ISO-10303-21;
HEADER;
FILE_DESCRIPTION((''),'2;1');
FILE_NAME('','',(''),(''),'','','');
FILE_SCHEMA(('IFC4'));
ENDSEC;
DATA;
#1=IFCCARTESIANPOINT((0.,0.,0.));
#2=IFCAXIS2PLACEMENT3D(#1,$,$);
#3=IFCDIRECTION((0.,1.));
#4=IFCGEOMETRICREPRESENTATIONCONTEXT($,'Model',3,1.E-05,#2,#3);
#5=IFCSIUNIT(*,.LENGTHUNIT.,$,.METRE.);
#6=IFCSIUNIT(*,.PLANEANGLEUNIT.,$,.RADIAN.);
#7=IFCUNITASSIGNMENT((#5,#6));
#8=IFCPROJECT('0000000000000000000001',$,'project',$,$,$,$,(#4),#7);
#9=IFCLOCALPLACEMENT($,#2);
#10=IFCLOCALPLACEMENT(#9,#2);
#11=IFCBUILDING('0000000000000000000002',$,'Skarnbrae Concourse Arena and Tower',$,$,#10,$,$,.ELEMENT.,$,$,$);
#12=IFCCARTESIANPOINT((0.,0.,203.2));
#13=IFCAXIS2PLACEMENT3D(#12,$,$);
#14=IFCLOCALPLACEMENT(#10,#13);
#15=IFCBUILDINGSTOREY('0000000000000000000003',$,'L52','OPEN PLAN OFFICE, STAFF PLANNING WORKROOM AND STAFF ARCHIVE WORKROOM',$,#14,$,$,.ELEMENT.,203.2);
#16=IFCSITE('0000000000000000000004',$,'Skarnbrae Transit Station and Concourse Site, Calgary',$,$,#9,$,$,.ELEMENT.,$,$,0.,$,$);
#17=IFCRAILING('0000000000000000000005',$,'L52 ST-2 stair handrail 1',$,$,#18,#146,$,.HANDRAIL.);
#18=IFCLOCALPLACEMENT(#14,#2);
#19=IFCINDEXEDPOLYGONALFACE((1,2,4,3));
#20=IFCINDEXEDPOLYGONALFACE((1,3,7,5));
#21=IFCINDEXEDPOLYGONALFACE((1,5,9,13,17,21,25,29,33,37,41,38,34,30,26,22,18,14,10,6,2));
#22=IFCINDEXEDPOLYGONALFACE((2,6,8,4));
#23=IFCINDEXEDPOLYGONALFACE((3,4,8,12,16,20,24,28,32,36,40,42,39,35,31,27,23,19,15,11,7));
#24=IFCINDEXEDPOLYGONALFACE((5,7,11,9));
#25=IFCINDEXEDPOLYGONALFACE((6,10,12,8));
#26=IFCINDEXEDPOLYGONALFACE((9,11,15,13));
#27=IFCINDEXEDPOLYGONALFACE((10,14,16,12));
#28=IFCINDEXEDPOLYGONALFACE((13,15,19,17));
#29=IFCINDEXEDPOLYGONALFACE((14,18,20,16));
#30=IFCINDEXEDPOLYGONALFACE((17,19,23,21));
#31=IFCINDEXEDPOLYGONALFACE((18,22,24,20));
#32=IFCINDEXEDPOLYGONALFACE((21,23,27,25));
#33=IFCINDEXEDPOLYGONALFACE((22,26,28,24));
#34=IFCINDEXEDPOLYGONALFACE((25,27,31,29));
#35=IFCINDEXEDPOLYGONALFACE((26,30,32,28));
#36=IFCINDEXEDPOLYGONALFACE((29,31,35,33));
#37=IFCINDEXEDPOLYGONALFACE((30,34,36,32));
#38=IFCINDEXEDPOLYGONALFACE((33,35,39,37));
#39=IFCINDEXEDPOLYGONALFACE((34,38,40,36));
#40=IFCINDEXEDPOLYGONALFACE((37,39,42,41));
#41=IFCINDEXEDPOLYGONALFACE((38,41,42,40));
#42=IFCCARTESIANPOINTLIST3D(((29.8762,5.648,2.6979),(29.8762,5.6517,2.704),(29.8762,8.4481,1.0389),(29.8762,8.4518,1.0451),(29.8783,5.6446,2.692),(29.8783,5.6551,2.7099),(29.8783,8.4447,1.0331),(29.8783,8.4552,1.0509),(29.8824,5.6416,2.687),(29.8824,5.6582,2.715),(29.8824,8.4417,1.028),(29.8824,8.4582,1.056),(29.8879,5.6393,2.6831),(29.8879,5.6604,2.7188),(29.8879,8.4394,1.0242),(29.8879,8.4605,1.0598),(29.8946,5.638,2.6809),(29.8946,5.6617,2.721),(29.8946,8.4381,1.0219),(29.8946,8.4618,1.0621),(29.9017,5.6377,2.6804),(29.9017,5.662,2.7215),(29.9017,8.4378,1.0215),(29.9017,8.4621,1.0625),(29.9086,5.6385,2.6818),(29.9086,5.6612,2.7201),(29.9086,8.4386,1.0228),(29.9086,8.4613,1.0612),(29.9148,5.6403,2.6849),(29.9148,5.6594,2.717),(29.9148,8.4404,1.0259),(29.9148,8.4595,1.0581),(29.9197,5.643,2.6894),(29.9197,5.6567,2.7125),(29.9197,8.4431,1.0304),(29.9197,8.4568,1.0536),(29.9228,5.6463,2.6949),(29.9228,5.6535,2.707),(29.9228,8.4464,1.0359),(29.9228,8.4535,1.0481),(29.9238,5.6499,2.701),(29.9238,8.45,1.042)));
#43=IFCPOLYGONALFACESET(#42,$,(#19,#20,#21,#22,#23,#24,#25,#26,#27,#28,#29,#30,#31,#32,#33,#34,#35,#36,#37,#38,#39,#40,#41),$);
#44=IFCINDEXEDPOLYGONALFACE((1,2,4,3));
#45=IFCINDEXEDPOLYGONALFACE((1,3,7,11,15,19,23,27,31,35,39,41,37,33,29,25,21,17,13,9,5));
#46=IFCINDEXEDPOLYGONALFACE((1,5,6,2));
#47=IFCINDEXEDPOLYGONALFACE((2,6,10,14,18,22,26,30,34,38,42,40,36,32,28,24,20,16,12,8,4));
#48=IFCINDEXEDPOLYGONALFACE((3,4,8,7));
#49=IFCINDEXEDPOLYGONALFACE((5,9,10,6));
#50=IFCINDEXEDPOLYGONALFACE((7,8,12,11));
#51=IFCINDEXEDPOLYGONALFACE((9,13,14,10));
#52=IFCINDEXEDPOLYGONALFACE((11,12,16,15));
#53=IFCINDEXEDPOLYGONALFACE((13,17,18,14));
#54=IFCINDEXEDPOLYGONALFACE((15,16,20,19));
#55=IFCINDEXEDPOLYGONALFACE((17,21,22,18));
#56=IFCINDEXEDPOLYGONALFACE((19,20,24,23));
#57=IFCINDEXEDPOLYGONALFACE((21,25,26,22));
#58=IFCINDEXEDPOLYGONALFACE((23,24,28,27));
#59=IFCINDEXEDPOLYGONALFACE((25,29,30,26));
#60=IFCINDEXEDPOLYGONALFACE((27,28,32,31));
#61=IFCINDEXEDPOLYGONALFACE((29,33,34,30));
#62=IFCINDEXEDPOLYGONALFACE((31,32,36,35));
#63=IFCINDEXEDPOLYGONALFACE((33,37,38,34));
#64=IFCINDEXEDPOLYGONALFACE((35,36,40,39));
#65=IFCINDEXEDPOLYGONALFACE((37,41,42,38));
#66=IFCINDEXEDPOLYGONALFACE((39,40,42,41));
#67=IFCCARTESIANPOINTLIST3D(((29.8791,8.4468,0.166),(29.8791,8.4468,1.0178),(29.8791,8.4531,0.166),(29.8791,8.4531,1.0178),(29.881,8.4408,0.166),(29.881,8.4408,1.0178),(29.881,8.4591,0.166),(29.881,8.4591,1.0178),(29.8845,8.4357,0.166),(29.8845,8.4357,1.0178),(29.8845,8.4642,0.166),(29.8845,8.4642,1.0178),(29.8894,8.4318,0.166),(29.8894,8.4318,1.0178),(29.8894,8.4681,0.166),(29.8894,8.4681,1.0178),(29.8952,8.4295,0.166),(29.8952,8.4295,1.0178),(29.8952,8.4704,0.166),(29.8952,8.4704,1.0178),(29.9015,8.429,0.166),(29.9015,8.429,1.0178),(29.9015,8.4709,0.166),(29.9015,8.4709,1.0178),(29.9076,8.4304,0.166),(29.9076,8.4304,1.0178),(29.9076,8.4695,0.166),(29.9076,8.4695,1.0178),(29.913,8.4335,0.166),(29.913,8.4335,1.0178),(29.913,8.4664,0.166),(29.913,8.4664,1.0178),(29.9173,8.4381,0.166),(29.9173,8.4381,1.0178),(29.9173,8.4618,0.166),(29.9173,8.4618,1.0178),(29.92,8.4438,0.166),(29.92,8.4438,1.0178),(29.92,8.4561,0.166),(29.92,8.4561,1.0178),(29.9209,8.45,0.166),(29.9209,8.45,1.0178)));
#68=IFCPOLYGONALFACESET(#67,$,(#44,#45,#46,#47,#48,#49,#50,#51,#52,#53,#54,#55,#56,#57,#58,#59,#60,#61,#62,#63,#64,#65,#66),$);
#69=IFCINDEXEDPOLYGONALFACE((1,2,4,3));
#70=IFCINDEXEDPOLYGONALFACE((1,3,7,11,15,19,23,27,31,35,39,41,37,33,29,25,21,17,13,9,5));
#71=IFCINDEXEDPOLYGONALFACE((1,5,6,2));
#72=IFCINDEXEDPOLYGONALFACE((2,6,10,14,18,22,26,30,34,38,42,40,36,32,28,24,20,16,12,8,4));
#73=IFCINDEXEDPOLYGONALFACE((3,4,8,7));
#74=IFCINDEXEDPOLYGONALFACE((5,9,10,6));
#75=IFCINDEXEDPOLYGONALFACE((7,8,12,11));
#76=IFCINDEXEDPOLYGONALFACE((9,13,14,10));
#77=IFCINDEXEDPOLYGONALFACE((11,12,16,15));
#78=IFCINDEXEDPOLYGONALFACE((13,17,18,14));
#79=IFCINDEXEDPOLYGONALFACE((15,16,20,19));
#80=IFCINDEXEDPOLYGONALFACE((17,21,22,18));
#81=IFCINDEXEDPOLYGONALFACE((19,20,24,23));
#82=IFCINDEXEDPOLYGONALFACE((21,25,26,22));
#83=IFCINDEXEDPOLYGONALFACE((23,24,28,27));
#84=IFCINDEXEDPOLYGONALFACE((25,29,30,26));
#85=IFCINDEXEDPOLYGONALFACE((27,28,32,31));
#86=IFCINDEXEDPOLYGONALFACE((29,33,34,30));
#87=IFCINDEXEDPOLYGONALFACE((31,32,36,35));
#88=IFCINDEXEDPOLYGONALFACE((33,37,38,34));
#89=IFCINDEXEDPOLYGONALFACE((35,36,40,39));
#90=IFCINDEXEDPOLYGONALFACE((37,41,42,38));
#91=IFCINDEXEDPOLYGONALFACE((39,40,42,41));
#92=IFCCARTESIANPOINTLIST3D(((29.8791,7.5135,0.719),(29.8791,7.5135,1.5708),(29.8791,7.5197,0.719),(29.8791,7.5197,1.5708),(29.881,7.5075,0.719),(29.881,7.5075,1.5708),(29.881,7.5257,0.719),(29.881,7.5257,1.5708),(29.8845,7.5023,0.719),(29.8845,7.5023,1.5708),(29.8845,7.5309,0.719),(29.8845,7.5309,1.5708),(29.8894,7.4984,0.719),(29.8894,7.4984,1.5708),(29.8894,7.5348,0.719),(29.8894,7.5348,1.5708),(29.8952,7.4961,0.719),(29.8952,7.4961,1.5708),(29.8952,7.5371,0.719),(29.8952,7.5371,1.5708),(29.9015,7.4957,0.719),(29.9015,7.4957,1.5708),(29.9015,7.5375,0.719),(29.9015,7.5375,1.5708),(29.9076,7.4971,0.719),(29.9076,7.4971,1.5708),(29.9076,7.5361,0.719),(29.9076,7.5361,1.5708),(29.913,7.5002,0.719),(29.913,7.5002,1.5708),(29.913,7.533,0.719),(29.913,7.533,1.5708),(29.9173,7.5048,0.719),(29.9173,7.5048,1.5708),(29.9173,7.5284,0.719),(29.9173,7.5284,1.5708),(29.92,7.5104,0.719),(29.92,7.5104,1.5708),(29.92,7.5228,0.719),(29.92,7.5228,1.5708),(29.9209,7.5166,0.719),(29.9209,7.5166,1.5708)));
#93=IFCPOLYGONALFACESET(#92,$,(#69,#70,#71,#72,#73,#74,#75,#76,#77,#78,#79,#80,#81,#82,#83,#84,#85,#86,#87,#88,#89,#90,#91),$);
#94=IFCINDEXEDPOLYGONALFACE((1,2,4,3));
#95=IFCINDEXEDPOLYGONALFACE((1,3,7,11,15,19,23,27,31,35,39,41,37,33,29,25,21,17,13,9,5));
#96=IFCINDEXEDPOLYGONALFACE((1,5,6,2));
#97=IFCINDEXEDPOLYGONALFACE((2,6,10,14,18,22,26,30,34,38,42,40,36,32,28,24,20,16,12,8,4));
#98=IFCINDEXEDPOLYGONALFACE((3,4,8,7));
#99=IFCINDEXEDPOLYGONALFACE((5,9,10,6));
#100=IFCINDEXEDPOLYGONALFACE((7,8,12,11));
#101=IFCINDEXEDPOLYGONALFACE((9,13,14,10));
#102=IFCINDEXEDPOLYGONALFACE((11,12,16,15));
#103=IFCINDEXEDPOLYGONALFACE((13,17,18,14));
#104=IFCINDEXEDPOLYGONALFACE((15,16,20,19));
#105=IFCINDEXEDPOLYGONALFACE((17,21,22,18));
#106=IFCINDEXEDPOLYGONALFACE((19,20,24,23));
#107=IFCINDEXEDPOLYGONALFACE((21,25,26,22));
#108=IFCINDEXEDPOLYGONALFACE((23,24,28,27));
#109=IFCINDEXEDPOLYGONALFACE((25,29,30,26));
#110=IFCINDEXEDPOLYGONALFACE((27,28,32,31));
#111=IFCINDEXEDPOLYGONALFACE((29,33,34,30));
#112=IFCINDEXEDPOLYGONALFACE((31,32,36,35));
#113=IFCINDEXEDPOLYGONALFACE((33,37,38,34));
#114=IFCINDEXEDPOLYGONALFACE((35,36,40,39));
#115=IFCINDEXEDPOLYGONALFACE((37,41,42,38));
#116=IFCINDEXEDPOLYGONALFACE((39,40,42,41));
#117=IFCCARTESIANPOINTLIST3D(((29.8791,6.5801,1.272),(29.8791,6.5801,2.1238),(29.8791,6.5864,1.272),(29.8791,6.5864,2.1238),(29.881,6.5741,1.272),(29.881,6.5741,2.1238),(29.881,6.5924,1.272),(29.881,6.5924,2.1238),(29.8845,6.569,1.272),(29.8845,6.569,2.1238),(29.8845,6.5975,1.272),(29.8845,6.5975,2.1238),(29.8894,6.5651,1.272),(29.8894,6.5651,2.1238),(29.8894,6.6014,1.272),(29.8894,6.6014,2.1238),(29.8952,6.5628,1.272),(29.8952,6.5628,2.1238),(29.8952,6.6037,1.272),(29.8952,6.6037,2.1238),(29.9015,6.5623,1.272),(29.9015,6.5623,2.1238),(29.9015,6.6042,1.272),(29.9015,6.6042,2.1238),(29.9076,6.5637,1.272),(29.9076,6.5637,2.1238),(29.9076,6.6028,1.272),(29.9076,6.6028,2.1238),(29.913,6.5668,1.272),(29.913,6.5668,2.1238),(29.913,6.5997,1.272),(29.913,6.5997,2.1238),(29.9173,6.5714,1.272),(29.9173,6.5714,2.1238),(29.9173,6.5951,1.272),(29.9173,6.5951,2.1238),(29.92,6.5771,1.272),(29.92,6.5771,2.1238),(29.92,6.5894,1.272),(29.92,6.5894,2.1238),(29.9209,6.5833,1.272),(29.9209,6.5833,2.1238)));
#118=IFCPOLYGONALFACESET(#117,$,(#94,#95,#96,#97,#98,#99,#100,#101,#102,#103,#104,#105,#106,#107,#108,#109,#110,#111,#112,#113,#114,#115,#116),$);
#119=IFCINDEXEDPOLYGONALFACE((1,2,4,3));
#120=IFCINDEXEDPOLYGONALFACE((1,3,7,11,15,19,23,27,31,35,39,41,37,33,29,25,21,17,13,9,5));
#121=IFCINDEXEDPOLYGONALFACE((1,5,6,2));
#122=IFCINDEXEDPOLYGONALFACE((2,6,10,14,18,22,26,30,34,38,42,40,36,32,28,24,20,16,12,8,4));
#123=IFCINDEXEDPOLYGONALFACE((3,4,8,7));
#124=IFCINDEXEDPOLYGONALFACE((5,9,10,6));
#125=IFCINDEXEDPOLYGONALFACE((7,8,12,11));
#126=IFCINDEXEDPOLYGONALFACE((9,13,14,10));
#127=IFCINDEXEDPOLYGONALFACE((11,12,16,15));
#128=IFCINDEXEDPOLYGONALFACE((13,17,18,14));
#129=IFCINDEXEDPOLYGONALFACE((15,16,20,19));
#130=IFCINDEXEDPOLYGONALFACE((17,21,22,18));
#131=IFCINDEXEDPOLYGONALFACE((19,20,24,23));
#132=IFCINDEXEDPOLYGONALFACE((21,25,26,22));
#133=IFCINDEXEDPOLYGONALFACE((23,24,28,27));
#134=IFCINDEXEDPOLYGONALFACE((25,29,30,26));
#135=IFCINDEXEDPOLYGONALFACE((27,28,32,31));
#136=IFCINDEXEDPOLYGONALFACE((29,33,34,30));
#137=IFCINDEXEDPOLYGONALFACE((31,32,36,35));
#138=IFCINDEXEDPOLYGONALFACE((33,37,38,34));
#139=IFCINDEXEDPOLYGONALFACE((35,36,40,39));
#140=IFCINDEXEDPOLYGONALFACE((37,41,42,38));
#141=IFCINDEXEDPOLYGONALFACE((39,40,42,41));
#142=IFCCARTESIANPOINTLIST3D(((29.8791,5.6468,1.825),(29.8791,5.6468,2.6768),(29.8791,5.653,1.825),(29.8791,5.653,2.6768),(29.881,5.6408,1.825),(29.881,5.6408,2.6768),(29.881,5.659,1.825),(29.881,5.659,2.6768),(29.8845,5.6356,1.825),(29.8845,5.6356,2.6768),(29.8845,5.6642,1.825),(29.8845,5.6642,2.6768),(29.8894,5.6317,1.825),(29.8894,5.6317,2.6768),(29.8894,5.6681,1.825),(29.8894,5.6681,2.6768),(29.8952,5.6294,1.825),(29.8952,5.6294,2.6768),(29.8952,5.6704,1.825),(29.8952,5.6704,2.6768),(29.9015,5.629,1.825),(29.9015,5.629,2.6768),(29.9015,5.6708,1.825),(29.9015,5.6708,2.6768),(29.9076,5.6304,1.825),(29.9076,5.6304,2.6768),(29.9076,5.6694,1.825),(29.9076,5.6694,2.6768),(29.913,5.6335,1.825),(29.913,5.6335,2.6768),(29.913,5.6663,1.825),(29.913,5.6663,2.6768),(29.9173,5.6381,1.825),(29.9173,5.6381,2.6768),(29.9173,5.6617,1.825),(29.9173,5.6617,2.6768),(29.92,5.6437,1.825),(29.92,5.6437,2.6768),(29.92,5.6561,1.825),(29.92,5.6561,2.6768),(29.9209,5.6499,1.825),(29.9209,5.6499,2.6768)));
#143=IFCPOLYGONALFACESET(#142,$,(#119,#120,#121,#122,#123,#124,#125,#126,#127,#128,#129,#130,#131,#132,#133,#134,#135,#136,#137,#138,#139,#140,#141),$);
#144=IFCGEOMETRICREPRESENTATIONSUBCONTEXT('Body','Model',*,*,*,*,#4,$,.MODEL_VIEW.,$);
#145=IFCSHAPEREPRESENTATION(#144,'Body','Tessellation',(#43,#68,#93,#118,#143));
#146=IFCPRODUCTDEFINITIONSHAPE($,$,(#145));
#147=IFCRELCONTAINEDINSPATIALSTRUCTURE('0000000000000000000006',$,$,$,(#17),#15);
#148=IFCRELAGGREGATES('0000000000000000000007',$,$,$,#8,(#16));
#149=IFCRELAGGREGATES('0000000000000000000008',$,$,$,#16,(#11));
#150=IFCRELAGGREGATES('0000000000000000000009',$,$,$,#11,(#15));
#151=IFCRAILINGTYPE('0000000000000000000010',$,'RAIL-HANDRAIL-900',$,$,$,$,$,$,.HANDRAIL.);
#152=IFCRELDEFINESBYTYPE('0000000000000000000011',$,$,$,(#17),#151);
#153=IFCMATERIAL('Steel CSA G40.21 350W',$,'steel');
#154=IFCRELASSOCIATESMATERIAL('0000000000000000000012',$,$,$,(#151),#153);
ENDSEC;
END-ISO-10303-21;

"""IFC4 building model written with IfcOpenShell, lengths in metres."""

from ifc_helpers import new_model, si_unit, direction, frame, origin, origin_2d, place, context, subcontext, project, spatial, circle, extrude, material, type_object, element, save


model = new_model("IFC4")

# Units and contexts
model_context = context("Model", 3, precision=1e-05, world=origin(), true_north=direction((0.0, 1.0)))
body_context = subcontext(model_context, "Body", "Model", "MODEL_VIEW")
ifc_project = project(units=[si_unit("LENGTHUNIT", "METRE"), si_unit("PLANEANGLEUNIT", "RADIAN")], contexts=[model_context])

# Site, building, storey
site_placement = place(None, origin())
site = spatial("IfcSite", under=ifc_project, at=site_placement, Name="Skarnbrae Transit Station and Concourse Site, Calgary", CompositionType="ELEMENT", RefElevation=0.0)
building_placement = place(site_placement, origin())
building = spatial("IfcBuilding", under=site, at=building_placement, Name="Skarnbrae Concourse Arena and Tower", CompositionType="ELEMENT")
storey_placement = place(building_placement, frame((0.0, 0.0, 203.2)))
storey = spatial("IfcBuildingStorey", under=building, at=storey_placement, Name="L52", Description="OPEN PLAN OFFICE, STAFF PLANNING WORKROOM AND STAFF ARCHIVE WORKROOM", CompositionType="ELEMENT", Elevation=203.2)

# Shared definitions
ifc_material_1 = material(Name="Steel CSA G40.21 350W", Category="steel")

# Railing
railing_type_1 = type_object("IfcRailingType", Name="RAIL-HANDRAIL-900", PredefinedType="HANDRAIL", material=ifc_material_1)
railing_1_placement = place(storey_placement, frame((29.8999, 8.45, 0.166)))
element("IfcRailing", 1, at=railing_1_placement, inside=storey, type_object=railing_type_1, Name="L52 ST-2 stair handrail 1", PredefinedType="HANDRAIL", context=body_context, shape_type="SweptSolid", body=[
    extrude(circle(Radius=0.0239, at=origin_2d()), frame((0.0, 0.0, 0.876), z_axis=(0.0, -0.860339, 0.509722), x_axis=(1.0, 0.0, 0.0)), (0.0, 0.0, 1.0), 3.2546),
    extrude(circle(Radius=0.021, at=origin_2d()), origin(), (0.0, 0.0, 1.0), 0.8518),
    extrude(circle(Radius=0.021, at=origin_2d()), frame((0.0, -0.9333, 0.553)), (0.0, 0.0, 1.0), 0.8518),
    extrude(circle(Radius=0.021, at=origin_2d()), frame((0.0, -1.8667, 1.106)), (0.0, 0.0, 1.0), 0.8518),
    extrude(circle(Radius=0.021, at=origin_2d()), frame((0.0, -2.8, 1.6589)), (0.0, 0.0, 1.0), 0.8518),
])

save(model, "model.ifc")
